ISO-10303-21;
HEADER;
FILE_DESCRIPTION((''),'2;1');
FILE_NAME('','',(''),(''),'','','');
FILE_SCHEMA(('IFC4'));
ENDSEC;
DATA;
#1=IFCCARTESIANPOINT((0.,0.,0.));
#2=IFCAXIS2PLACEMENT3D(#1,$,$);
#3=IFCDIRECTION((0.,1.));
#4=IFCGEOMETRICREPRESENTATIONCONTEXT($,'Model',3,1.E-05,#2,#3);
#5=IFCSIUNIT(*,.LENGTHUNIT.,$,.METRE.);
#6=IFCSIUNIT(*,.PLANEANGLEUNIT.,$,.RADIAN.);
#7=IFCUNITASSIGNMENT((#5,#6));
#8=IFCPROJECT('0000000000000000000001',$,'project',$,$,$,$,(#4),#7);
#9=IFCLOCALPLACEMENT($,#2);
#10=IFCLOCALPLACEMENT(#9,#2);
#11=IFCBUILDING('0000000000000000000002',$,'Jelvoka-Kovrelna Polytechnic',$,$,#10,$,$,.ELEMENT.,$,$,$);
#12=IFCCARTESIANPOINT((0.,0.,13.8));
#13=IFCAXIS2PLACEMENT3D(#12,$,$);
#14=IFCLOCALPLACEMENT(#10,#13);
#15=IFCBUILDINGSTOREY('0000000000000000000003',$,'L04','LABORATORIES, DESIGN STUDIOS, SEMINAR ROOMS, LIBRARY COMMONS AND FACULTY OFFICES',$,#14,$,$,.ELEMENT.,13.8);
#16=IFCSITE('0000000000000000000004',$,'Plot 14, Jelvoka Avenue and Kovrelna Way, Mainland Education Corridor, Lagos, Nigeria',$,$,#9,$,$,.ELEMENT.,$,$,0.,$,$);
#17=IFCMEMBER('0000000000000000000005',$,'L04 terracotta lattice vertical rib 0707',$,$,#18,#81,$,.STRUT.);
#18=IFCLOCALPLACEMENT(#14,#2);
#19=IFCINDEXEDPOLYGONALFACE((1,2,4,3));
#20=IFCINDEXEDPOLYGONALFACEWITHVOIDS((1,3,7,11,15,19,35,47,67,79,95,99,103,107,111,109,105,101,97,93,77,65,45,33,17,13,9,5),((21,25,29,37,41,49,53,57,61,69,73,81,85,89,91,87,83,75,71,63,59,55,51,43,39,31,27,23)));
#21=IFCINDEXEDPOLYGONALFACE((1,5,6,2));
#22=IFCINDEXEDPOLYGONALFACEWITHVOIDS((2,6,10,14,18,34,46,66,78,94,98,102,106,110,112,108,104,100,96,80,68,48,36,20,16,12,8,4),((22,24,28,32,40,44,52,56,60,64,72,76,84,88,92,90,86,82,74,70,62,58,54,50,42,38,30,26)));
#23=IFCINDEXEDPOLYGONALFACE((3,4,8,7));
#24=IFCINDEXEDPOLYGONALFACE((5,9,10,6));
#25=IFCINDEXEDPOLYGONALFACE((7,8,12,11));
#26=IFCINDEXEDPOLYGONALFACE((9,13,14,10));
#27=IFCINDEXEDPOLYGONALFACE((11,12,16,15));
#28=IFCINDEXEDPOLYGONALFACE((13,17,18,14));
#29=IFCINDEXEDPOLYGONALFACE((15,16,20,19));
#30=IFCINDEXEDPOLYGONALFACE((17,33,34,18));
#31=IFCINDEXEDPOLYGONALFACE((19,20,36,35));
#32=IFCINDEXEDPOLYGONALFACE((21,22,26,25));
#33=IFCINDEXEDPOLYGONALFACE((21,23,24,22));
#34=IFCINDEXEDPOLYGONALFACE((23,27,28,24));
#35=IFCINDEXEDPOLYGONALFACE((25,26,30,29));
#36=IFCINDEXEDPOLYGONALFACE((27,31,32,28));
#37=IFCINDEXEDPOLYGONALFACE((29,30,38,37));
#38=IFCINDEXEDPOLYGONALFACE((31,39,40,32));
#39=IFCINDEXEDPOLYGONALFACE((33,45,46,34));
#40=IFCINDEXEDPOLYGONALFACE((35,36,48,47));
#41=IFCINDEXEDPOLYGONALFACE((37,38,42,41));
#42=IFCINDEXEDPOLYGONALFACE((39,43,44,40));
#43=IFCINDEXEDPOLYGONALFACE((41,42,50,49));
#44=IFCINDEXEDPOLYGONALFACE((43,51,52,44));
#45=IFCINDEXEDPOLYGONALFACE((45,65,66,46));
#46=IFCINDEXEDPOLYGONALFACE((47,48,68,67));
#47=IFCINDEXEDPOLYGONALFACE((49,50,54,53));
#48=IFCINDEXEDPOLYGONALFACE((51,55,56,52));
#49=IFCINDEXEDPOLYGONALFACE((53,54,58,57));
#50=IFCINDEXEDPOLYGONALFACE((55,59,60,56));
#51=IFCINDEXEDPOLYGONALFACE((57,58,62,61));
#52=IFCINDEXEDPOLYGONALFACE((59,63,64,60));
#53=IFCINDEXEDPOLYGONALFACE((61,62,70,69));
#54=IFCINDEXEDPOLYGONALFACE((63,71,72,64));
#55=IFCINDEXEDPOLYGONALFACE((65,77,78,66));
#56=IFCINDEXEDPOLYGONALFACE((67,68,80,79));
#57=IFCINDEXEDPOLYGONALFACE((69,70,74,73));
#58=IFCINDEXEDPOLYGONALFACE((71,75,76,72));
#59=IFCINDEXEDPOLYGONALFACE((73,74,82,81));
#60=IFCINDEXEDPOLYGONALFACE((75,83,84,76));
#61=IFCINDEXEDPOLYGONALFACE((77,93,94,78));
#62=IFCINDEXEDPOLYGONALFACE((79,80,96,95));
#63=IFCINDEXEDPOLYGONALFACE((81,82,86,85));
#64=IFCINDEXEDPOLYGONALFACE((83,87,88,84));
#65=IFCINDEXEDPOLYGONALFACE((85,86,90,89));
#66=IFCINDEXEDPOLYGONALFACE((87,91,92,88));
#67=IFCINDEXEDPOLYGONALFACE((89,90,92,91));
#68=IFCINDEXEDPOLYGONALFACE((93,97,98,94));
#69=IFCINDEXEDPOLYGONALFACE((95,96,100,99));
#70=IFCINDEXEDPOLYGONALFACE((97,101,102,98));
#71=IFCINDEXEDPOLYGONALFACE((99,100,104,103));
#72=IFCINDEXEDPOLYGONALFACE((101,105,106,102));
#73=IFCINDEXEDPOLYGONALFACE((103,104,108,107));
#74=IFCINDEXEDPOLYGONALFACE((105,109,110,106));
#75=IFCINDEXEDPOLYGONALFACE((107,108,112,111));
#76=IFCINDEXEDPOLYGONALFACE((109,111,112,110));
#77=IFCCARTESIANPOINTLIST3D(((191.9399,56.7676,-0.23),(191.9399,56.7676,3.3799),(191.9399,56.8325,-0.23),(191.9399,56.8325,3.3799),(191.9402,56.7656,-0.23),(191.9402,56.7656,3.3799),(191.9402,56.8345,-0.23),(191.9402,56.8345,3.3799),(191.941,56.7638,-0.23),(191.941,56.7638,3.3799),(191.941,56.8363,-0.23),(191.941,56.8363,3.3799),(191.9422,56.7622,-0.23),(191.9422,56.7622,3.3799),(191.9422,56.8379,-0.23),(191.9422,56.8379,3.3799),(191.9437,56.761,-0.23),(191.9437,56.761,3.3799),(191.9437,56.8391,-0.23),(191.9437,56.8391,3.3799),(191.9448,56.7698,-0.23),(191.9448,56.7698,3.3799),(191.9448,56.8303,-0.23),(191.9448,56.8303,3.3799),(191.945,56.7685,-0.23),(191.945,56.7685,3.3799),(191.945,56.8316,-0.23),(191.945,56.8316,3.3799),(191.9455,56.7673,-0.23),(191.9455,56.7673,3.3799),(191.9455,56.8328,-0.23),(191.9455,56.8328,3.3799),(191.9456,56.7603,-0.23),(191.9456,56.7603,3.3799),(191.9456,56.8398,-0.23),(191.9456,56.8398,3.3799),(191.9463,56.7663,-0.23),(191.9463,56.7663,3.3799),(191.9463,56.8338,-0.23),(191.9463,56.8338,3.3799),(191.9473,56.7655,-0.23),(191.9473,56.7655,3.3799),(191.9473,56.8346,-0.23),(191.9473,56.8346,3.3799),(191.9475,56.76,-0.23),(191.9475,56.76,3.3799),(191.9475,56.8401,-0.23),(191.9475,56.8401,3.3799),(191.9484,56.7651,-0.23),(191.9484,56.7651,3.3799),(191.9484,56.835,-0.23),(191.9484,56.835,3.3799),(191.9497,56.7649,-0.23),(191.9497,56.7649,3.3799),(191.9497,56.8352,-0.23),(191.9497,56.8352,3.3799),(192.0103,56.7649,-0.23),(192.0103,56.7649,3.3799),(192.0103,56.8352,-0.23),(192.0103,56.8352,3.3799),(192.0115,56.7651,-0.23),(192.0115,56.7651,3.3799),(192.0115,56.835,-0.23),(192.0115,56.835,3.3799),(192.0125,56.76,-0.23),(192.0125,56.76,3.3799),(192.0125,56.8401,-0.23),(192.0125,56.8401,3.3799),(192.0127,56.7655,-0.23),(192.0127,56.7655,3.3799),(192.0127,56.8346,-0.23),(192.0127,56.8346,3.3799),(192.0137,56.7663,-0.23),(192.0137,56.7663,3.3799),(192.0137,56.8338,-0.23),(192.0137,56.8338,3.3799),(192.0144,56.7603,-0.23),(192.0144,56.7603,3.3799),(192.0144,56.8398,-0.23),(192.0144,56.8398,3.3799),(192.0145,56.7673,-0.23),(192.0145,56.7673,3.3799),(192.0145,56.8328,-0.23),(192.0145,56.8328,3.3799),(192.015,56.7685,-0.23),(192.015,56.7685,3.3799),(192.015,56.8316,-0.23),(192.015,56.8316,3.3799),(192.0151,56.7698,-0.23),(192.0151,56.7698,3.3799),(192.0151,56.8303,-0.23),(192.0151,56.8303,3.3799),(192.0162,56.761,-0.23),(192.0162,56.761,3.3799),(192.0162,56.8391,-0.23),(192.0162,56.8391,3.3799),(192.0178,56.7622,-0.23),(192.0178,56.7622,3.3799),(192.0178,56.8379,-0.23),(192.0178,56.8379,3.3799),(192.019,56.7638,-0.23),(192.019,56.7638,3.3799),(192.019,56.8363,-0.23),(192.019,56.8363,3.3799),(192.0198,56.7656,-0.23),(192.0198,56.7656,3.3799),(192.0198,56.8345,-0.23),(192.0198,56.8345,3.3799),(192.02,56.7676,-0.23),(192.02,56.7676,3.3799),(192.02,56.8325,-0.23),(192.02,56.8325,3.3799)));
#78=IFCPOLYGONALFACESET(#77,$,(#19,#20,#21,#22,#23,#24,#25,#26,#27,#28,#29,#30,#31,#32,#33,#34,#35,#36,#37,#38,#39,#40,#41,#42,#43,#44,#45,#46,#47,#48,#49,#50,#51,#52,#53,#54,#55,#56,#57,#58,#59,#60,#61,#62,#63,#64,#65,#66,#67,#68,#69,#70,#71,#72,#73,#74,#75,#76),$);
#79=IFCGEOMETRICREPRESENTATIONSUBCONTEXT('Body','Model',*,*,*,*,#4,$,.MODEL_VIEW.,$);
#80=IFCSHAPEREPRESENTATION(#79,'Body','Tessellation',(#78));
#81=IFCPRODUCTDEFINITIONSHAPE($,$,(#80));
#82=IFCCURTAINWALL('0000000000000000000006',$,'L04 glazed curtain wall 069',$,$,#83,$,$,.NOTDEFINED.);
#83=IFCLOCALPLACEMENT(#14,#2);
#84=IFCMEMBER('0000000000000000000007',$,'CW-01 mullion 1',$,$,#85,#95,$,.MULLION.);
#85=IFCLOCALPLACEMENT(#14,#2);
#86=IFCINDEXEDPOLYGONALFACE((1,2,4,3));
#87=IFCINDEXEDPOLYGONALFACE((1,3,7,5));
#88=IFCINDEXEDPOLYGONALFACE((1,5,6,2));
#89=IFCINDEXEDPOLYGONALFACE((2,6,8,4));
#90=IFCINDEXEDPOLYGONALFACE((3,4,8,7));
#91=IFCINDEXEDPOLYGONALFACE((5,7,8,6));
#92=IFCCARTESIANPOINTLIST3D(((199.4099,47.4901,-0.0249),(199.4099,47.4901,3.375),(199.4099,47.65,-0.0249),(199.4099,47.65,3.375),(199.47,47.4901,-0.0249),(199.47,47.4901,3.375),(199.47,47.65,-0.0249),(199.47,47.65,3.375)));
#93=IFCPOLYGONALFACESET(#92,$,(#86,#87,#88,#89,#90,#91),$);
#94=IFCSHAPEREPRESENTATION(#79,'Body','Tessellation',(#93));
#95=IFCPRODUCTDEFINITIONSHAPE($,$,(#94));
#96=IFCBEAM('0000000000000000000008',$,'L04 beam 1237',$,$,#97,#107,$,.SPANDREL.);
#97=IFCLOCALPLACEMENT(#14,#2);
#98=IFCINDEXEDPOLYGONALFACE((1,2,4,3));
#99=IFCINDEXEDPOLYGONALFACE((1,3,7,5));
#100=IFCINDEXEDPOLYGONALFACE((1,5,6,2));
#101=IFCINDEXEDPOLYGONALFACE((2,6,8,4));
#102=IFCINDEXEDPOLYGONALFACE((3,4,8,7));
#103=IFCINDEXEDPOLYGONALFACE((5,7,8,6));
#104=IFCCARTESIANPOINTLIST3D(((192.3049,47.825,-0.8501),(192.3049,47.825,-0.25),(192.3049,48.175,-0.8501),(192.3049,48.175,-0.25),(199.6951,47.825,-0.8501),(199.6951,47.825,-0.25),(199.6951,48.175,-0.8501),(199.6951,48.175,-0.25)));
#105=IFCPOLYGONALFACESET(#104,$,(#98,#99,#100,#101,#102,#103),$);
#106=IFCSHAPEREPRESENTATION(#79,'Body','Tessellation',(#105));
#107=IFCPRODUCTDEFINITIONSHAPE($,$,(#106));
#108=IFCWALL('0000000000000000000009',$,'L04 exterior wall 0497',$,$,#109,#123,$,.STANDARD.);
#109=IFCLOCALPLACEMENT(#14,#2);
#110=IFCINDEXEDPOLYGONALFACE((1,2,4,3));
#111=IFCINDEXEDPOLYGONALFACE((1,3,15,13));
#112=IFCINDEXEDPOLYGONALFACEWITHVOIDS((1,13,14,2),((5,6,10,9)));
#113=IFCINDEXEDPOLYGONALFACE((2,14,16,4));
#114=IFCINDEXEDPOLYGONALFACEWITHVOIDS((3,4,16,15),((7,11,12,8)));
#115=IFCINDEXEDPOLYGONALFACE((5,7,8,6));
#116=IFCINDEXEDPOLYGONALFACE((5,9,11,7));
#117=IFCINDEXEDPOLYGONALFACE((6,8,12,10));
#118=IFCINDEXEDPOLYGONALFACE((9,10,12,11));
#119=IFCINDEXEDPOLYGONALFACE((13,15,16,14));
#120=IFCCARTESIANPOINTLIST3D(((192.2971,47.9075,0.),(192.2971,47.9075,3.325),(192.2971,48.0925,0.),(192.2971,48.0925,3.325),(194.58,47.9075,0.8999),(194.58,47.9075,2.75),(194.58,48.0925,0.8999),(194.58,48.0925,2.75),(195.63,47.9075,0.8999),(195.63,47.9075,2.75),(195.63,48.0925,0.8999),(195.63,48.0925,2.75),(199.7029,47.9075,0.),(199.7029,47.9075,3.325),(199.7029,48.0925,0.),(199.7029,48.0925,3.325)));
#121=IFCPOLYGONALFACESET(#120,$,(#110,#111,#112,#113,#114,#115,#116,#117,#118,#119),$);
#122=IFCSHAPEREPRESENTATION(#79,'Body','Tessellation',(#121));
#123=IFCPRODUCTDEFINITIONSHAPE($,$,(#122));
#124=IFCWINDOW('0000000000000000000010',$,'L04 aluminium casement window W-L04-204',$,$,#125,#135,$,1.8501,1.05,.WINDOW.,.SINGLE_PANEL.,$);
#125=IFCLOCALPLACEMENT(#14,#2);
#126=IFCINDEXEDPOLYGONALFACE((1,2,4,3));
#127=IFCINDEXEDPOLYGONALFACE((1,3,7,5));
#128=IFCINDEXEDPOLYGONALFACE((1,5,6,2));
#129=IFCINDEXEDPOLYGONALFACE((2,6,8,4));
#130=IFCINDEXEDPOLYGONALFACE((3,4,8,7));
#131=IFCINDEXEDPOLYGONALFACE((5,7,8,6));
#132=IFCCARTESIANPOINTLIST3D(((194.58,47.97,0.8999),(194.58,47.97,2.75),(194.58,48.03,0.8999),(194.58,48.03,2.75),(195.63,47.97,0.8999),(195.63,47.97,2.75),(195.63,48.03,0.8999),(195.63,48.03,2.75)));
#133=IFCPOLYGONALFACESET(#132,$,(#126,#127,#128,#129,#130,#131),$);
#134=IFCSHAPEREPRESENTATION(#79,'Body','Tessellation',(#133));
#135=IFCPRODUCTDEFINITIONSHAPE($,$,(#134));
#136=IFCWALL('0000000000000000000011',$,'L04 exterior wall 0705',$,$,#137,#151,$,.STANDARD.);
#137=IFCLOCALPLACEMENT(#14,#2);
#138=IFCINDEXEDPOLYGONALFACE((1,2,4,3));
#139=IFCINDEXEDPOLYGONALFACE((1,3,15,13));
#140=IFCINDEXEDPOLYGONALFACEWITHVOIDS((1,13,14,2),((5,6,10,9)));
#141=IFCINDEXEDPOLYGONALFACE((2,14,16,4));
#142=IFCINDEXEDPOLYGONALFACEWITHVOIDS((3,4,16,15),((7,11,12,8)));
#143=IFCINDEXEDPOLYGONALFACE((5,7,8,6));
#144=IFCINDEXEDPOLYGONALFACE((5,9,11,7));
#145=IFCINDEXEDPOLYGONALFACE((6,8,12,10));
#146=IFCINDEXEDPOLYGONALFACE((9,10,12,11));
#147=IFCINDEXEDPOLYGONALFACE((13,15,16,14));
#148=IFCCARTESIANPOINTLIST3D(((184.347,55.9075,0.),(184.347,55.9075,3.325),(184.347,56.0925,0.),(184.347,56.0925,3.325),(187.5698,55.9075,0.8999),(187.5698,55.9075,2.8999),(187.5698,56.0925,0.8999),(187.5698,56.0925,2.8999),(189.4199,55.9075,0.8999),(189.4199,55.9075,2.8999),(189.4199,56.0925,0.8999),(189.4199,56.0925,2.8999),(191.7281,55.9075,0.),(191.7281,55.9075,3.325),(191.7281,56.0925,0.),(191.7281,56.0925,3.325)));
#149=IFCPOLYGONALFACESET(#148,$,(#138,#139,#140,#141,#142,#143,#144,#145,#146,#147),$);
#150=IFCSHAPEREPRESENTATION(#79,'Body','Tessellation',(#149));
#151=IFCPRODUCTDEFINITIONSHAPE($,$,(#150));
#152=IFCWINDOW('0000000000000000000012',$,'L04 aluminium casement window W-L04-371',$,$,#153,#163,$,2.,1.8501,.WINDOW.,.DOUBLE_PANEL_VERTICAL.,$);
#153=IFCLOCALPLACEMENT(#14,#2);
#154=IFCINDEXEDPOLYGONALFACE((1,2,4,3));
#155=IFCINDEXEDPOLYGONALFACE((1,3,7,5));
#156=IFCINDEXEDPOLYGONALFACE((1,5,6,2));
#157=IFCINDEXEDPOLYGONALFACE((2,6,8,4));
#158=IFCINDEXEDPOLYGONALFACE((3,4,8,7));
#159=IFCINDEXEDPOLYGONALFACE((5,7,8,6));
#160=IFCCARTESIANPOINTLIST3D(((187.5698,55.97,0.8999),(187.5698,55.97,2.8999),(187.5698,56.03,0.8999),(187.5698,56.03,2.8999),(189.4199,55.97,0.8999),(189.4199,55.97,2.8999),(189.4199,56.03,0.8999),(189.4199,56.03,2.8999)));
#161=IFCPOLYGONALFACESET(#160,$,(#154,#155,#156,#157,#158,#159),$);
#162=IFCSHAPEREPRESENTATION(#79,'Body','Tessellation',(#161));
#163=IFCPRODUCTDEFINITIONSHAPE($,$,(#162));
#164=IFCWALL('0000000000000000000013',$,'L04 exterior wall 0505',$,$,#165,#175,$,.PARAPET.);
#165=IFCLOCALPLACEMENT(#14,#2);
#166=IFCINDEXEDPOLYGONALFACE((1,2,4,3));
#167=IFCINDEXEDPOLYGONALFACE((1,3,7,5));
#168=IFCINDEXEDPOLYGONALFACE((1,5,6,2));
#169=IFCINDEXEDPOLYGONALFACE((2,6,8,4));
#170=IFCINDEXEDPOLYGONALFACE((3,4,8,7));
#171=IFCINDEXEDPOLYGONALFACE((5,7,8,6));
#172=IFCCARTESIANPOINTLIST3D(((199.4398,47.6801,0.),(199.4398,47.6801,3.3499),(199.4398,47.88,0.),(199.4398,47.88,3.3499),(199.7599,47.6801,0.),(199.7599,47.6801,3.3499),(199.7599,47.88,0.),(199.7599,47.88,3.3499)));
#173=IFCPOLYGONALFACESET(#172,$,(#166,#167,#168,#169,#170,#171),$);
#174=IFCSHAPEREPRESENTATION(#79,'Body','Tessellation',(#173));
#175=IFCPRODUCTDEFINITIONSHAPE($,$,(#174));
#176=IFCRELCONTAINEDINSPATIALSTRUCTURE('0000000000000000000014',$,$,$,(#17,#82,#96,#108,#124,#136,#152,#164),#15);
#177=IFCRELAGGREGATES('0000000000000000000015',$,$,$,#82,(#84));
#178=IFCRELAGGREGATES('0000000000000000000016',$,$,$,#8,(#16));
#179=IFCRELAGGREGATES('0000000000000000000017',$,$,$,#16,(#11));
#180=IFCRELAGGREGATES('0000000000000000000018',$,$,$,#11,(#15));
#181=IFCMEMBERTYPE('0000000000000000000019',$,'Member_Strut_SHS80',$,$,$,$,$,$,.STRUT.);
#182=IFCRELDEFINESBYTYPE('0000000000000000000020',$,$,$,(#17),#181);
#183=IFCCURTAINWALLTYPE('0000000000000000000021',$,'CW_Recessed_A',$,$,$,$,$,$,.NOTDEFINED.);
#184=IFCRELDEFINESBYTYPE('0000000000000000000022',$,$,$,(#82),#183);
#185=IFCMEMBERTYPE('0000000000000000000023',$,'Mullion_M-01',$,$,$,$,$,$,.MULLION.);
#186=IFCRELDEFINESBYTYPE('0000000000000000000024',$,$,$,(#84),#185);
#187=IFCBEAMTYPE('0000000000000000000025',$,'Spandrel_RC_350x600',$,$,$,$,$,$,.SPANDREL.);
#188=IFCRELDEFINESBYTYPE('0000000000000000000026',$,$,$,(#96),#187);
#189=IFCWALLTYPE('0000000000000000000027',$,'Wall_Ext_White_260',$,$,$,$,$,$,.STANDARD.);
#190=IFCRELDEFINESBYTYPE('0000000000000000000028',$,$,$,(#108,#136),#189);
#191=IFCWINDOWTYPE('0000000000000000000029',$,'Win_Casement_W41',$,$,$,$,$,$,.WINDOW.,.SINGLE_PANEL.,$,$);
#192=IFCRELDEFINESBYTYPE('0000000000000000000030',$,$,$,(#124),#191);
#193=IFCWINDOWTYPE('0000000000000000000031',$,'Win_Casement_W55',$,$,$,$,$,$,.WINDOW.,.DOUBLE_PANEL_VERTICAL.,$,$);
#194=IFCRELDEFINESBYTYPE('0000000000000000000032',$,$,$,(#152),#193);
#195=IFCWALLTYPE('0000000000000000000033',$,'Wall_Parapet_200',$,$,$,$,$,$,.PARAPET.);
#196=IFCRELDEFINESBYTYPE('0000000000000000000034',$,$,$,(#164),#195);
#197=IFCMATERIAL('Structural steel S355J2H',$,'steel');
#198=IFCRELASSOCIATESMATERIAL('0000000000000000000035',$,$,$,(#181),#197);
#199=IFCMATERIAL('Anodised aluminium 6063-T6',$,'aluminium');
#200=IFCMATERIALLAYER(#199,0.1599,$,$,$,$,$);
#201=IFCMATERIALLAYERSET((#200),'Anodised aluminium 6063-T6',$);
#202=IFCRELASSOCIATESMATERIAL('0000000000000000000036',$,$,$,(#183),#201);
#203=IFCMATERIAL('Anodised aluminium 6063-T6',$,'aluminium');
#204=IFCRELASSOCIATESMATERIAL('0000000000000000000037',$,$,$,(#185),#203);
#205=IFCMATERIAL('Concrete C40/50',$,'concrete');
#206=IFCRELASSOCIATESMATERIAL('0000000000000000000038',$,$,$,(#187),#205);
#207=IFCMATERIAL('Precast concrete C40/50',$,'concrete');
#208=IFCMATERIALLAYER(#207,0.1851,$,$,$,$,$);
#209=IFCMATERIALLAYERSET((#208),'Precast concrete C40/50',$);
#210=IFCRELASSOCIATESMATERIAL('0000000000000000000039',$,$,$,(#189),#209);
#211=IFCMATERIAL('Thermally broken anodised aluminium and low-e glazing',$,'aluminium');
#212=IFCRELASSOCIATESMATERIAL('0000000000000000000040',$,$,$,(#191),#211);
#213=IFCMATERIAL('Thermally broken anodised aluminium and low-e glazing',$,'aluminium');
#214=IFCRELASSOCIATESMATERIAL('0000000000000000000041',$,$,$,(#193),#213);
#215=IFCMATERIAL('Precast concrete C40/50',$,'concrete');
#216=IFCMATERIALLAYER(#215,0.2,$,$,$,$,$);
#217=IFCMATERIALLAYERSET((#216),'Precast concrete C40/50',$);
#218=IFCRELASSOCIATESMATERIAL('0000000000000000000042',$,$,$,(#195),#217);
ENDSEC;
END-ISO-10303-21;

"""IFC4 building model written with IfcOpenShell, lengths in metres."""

from ifc_helpers import new_model, si_unit, direction, frame, frame_2d, origin, origin_2d, place, context, subcontext, project, spatial, rectangle, hollow_rectangle, extrude, material, layer, layer_set, material_profile, profile_set, type_object, element, fill, aggregate, save


model = new_model("IFC4")

# Units and contexts
model_context = context("Model", 3, precision=1e-05, world=origin(), true_north=direction((0.0, 1.0)))
body_context = subcontext(model_context, "Body", "Model", "MODEL_VIEW")
ifc_project = project(units=[si_unit("LENGTHUNIT", "METRE"), si_unit("PLANEANGLEUNIT", "RADIAN")], contexts=[model_context])

# Site, building, storey
site_placement = place(None, origin())
site = spatial("IfcSite", under=ifc_project, at=site_placement, Name="Plot 14, Jelvoka Avenue and Kovrelna Way, Mainland Education Corridor, Lagos, Nigeria", CompositionType="ELEMENT", RefElevation=0.0)
building_placement = place(site_placement, origin())
building = spatial("IfcBuilding", under=site, at=building_placement, Name="Jelvoka-Kovrelna Polytechnic", CompositionType="ELEMENT")
storey_placement = place(building_placement, frame((0.0, 0.0, 13.8)))
storey = spatial("IfcBuildingStorey", under=building, at=storey_placement, Name="L04", Description="LABORATORIES, DESIGN STUDIOS, SEMINAR ROOMS, LIBRARY COMMONS AND FACULTY OFFICES", CompositionType="ELEMENT", Elevation=13.8)

# Member
ifc_material_1 = material(Name="Structural steel S355J2H", Category="steel")
ifc_material_profile_1 = material_profile(ifc_material_1, hollow_rectangle(XDim=0.0801, YDim=0.0801, WallThickness=0.0049, InnerFilletRadius=0.0049, OuterFilletRadius=0.0076, at=origin_2d()), Name="80x80x5.0 SHS")
ifc_profile_set_1 = profile_set([ifc_material_profile_1], Name="Structural steel S355J2H")
member_type_1 = type_object("IfcMemberType", Name="Member_Strut_SHS80", PredefinedType="STRUT", material=ifc_profile_set_1)
member_1_placement = place(storey_placement, frame((191.98, 56.8, -0.23), z_axis=(0.0, 0.0, 1.0), x_axis=(1.0, 0.0, 0.0)))
element("IfcMember", 1, at=member_1_placement, inside=storey, type_object=member_type_1, Name="L04 terracotta lattice vertical rib 0707", PredefinedType="STRUT", context=body_context, shape_type="SweptSolid", body=[
    extrude(hollow_rectangle(XDim=0.0801, YDim=0.0801, WallThickness=0.0049, InnerFilletRadius=0.0049, OuterFilletRadius=0.0076, at=origin_2d()), origin(), (0.0, 0.0, 1.0), 3.6099),
])

# Curtain wall, member
ifc_material_2 = material(Name="Anodised aluminium 6063-T6", Category="aluminium")
ifc_layer_1 = layer(ifc_material_2, 0.1599)
ifc_layer_set_1 = layer_set([ifc_layer_1], Name="Anodised aluminium 6063-T6")
curtain_wall_type = type_object("IfcCurtainWallType", Name="CW_Recessed_A", PredefinedType="NOTDEFINED", material=ifc_layer_set_1)
curtain_wall_placement = place(storey_placement, origin())
curtain_wall = element("IfcCurtainWall", 2, at=curtain_wall_placement, inside=storey, type_object=curtain_wall_type, Name="L04 glazed curtain wall 069", PredefinedType="NOTDEFINED")
ifc_material_3 = material(Name="Anodised aluminium 6063-T6", Category="aluminium")
ifc_material_profile_2 = material_profile(ifc_material_3, rectangle(XDim=0.0601, YDim=0.1599, at=origin_2d()), Name="ALU 60x160")
ifc_profile_set_2 = profile_set([ifc_material_profile_2], Name="Anodised aluminium 6063-T6")
member_type_2 = type_object("IfcMemberType", Name="Mullion_M-01", PredefinedType="MULLION", material=ifc_profile_set_2)
member_2_placement = place(storey_placement, frame((199.4399, 47.5701, -0.0249), z_axis=(0.0, 0.0, 1.0), x_axis=(1.0, 0.0, 0.0)))
member_2 = element("IfcMember", 3, at=member_2_placement, type_object=member_type_2, Name="CW-01 mullion 1", PredefinedType="MULLION", context=body_context, shape_type="SweptSolid", body=[
    extrude(rectangle(XDim=0.0601, YDim=0.1599, at=origin_2d()), origin(), (0.0, 0.0, 1.0), 3.3999),
])
aggregate(curtain_wall, [member_2])

# Beam
ifc_material_4 = material(Name="Concrete C40/50", Category="concrete")
ifc_material_profile_3 = material_profile(ifc_material_4, rectangle(XDim=0.3501, YDim=0.6001, at=origin_2d()), Name="RC 350x600")
ifc_profile_set_3 = profile_set([ifc_material_profile_3], Name="Concrete C40/50")
beam_type_1 = type_object("IfcBeamType", Name="Spandrel_RC_350x600", PredefinedType="SPANDREL", material=ifc_profile_set_3)
beam_1_placement = place(storey_placement, frame((192.3049, 48.0, -0.55), z_axis=(1.0, 0.0, 0.0), x_axis=(0.0, 1.0, 0.0)))
element("IfcBeam", 4, at=beam_1_placement, inside=storey, type_object=beam_type_1, Name="L04 beam 1237", PredefinedType="SPANDREL", context=body_context, shape_type="SweptSolid", body=[
    extrude(rectangle(XDim=0.3501, YDim=0.6001, at=origin_2d()), origin(), (0.0, 0.0, 1.0), 7.3901),
])

# Walls, openings, windows
ifc_material_5 = material(Name="Precast concrete C40/50", Category="concrete")
ifc_layer_2 = layer(ifc_material_5, 0.1851)
ifc_layer_set_2 = layer_set([ifc_layer_2], Name="Precast concrete C40/50")
wall_type_1 = type_object("IfcWallType", Name="Wall_Ext_White_260", PredefinedType="STANDARD", material=ifc_layer_set_2)
wall_1_placement = place(storey_placement, frame((192.2971, 48.0, 0.0), z_axis=(0.0, 0.0, 1.0), x_axis=(1.0, 0.0, 0.0)))
wall_1 = element("IfcWall", 5, at=wall_1_placement, inside=storey, type_object=wall_type_1, Name="L04 exterior wall 0497", PredefinedType="STANDARD", context=body_context, shape_type="SweptSolid", body=[
    extrude(rectangle(XDim=7.4058, YDim=0.1851, at=frame_2d((3.7029, 0.0))), origin(), (0.0, 0.0, 1.0), 3.325),
])
opening_1_placement = place(wall_1_placement, frame((2.283, 0.0, 0.8999)))
opening_1 = element("IfcOpeningElement", 6, at=opening_1_placement, cuts=wall_1, PredefinedType="OPENING", context=body_context, shape_type="SweptSolid", body=[
    extrude(rectangle(XDim=1.05, YDim=1.8501, at=frame_2d((0.5249, 0.925))), frame((0.0, 0.1025, 0.0), z_axis=(0.0, -1.0, 0.0), x_axis=(1.0, 0.0, 0.0)), (0.0, 0.0, 1.0), 0.2051),
])
ifc_material_6 = material(Name="Thermally broken anodised aluminium and low-e glazing", Category="aluminium")
window_type_1 = type_object("IfcWindowType", Name="Win_Casement_W41", PartitioningType="SINGLE_PANEL", PredefinedType="WINDOW", material=ifc_material_6)
window_1_placement = place(opening_1_placement, origin())
window_1 = element("IfcWindow", 7, at=window_1_placement, inside=storey, type_object=window_type_1, Name="L04 aluminium casement window W-L04-204", OverallHeight=1.8501, OverallWidth=1.05, PartitioningType="SINGLE_PANEL", PredefinedType="WINDOW", context=body_context, shape_type="SweptSolid", body=[
    extrude(rectangle(XDim=1.05, YDim=1.8501, at=frame_2d((0.5249, 0.925))), frame((0.0, 0.03, 0.0), z_axis=(0.0, -1.0, 0.0), x_axis=(1.0, 0.0, 0.0)), (0.0, 0.0, 1.0), 0.0601),
])
fill(opening_1, window_1)
wall_2_placement = place(storey_placement, frame((191.728, 56.0, 0.0), z_axis=(0.0, 0.0, 1.0), x_axis=(-1.0, 0.0, 0.0)))
wall_2 = element("IfcWall", 8, at=wall_2_placement, inside=storey, type_object=wall_type_1, Name="L04 exterior wall 0705", PredefinedType="STANDARD", context=body_context, shape_type="SweptSolid", body=[
    extrude(rectangle(XDim=7.3811, YDim=0.1851, at=frame_2d((3.6904, 0.0))), origin(), (0.0, 0.0, 1.0), 3.325),
])
opening_2_placement = place(wall_2_placement, frame((2.3081, 0.0, 0.8999)))
opening_2 = element("IfcOpeningElement", 9, at=opening_2_placement, cuts=wall_2, PredefinedType="OPENING", context=body_context, shape_type="SweptSolid", body=[
    extrude(rectangle(XDim=1.8501, YDim=2.0, at=frame_2d((0.925, 1.0))), frame((0.0, 0.1025, 0.0), z_axis=(0.0, -1.0, 0.0), x_axis=(1.0, 0.0, 0.0)), (0.0, 0.0, 1.0), 0.2051),
])
ifc_material_7 = material(Name="Thermally broken anodised aluminium and low-e glazing", Category="aluminium")
window_type_2 = type_object("IfcWindowType", Name="Win_Casement_W55", PartitioningType="DOUBLE_PANEL_VERTICAL", PredefinedType="WINDOW", material=ifc_material_7)
window_2_placement = place(opening_2_placement, origin())
window_2 = element("IfcWindow", 10, at=window_2_placement, inside=storey, type_object=window_type_2, Name="L04 aluminium casement window W-L04-371", OverallHeight=2.0, OverallWidth=1.8501, PartitioningType="DOUBLE_PANEL_VERTICAL", PredefinedType="WINDOW", context=body_context, shape_type="SweptSolid", body=[
    extrude(rectangle(XDim=1.8501, YDim=2.0, at=frame_2d((0.925, 1.0))), frame((0.0, 0.03, 0.0), z_axis=(0.0, -1.0, 0.0), x_axis=(1.0, 0.0, 0.0)), (0.0, 0.0, 1.0), 0.0601),
])
fill(opening_2, window_2)

# Wall
ifc_material_8 = material(Name="Precast concrete C40/50", Category="concrete")
ifc_layer_3 = layer(ifc_material_8, 0.2)
ifc_layer_set_3 = layer_set([ifc_layer_3], Name="Precast concrete C40/50")
wall_type_2 = type_object("IfcWallType", Name="Wall_Parapet_200", PredefinedType="PARAPET", material=ifc_layer_set_3)
for number, where, z_axis, x_axis, name in (
    (11, (199.76, 47.78, 0.0), (0.0, 0.0, 1.0), (-1.0, 0.0, 0.0), "L04 exterior wall 0505"),
):
    element("IfcWall", number, at=place(storey_placement, frame(where, z_axis=z_axis, x_axis=x_axis)), inside=storey, type_object=wall_type_2, Name=name, PredefinedType="PARAPET", context=body_context, shape_type="SweptSolid", body=[
        extrude(rectangle(XDim=0.3201, YDim=0.2, at=frame_2d((0.1602, 0.0))), origin(), (0.0, 0.0, 1.0), 3.3499),
    ])

save(model, "model.ifc")
